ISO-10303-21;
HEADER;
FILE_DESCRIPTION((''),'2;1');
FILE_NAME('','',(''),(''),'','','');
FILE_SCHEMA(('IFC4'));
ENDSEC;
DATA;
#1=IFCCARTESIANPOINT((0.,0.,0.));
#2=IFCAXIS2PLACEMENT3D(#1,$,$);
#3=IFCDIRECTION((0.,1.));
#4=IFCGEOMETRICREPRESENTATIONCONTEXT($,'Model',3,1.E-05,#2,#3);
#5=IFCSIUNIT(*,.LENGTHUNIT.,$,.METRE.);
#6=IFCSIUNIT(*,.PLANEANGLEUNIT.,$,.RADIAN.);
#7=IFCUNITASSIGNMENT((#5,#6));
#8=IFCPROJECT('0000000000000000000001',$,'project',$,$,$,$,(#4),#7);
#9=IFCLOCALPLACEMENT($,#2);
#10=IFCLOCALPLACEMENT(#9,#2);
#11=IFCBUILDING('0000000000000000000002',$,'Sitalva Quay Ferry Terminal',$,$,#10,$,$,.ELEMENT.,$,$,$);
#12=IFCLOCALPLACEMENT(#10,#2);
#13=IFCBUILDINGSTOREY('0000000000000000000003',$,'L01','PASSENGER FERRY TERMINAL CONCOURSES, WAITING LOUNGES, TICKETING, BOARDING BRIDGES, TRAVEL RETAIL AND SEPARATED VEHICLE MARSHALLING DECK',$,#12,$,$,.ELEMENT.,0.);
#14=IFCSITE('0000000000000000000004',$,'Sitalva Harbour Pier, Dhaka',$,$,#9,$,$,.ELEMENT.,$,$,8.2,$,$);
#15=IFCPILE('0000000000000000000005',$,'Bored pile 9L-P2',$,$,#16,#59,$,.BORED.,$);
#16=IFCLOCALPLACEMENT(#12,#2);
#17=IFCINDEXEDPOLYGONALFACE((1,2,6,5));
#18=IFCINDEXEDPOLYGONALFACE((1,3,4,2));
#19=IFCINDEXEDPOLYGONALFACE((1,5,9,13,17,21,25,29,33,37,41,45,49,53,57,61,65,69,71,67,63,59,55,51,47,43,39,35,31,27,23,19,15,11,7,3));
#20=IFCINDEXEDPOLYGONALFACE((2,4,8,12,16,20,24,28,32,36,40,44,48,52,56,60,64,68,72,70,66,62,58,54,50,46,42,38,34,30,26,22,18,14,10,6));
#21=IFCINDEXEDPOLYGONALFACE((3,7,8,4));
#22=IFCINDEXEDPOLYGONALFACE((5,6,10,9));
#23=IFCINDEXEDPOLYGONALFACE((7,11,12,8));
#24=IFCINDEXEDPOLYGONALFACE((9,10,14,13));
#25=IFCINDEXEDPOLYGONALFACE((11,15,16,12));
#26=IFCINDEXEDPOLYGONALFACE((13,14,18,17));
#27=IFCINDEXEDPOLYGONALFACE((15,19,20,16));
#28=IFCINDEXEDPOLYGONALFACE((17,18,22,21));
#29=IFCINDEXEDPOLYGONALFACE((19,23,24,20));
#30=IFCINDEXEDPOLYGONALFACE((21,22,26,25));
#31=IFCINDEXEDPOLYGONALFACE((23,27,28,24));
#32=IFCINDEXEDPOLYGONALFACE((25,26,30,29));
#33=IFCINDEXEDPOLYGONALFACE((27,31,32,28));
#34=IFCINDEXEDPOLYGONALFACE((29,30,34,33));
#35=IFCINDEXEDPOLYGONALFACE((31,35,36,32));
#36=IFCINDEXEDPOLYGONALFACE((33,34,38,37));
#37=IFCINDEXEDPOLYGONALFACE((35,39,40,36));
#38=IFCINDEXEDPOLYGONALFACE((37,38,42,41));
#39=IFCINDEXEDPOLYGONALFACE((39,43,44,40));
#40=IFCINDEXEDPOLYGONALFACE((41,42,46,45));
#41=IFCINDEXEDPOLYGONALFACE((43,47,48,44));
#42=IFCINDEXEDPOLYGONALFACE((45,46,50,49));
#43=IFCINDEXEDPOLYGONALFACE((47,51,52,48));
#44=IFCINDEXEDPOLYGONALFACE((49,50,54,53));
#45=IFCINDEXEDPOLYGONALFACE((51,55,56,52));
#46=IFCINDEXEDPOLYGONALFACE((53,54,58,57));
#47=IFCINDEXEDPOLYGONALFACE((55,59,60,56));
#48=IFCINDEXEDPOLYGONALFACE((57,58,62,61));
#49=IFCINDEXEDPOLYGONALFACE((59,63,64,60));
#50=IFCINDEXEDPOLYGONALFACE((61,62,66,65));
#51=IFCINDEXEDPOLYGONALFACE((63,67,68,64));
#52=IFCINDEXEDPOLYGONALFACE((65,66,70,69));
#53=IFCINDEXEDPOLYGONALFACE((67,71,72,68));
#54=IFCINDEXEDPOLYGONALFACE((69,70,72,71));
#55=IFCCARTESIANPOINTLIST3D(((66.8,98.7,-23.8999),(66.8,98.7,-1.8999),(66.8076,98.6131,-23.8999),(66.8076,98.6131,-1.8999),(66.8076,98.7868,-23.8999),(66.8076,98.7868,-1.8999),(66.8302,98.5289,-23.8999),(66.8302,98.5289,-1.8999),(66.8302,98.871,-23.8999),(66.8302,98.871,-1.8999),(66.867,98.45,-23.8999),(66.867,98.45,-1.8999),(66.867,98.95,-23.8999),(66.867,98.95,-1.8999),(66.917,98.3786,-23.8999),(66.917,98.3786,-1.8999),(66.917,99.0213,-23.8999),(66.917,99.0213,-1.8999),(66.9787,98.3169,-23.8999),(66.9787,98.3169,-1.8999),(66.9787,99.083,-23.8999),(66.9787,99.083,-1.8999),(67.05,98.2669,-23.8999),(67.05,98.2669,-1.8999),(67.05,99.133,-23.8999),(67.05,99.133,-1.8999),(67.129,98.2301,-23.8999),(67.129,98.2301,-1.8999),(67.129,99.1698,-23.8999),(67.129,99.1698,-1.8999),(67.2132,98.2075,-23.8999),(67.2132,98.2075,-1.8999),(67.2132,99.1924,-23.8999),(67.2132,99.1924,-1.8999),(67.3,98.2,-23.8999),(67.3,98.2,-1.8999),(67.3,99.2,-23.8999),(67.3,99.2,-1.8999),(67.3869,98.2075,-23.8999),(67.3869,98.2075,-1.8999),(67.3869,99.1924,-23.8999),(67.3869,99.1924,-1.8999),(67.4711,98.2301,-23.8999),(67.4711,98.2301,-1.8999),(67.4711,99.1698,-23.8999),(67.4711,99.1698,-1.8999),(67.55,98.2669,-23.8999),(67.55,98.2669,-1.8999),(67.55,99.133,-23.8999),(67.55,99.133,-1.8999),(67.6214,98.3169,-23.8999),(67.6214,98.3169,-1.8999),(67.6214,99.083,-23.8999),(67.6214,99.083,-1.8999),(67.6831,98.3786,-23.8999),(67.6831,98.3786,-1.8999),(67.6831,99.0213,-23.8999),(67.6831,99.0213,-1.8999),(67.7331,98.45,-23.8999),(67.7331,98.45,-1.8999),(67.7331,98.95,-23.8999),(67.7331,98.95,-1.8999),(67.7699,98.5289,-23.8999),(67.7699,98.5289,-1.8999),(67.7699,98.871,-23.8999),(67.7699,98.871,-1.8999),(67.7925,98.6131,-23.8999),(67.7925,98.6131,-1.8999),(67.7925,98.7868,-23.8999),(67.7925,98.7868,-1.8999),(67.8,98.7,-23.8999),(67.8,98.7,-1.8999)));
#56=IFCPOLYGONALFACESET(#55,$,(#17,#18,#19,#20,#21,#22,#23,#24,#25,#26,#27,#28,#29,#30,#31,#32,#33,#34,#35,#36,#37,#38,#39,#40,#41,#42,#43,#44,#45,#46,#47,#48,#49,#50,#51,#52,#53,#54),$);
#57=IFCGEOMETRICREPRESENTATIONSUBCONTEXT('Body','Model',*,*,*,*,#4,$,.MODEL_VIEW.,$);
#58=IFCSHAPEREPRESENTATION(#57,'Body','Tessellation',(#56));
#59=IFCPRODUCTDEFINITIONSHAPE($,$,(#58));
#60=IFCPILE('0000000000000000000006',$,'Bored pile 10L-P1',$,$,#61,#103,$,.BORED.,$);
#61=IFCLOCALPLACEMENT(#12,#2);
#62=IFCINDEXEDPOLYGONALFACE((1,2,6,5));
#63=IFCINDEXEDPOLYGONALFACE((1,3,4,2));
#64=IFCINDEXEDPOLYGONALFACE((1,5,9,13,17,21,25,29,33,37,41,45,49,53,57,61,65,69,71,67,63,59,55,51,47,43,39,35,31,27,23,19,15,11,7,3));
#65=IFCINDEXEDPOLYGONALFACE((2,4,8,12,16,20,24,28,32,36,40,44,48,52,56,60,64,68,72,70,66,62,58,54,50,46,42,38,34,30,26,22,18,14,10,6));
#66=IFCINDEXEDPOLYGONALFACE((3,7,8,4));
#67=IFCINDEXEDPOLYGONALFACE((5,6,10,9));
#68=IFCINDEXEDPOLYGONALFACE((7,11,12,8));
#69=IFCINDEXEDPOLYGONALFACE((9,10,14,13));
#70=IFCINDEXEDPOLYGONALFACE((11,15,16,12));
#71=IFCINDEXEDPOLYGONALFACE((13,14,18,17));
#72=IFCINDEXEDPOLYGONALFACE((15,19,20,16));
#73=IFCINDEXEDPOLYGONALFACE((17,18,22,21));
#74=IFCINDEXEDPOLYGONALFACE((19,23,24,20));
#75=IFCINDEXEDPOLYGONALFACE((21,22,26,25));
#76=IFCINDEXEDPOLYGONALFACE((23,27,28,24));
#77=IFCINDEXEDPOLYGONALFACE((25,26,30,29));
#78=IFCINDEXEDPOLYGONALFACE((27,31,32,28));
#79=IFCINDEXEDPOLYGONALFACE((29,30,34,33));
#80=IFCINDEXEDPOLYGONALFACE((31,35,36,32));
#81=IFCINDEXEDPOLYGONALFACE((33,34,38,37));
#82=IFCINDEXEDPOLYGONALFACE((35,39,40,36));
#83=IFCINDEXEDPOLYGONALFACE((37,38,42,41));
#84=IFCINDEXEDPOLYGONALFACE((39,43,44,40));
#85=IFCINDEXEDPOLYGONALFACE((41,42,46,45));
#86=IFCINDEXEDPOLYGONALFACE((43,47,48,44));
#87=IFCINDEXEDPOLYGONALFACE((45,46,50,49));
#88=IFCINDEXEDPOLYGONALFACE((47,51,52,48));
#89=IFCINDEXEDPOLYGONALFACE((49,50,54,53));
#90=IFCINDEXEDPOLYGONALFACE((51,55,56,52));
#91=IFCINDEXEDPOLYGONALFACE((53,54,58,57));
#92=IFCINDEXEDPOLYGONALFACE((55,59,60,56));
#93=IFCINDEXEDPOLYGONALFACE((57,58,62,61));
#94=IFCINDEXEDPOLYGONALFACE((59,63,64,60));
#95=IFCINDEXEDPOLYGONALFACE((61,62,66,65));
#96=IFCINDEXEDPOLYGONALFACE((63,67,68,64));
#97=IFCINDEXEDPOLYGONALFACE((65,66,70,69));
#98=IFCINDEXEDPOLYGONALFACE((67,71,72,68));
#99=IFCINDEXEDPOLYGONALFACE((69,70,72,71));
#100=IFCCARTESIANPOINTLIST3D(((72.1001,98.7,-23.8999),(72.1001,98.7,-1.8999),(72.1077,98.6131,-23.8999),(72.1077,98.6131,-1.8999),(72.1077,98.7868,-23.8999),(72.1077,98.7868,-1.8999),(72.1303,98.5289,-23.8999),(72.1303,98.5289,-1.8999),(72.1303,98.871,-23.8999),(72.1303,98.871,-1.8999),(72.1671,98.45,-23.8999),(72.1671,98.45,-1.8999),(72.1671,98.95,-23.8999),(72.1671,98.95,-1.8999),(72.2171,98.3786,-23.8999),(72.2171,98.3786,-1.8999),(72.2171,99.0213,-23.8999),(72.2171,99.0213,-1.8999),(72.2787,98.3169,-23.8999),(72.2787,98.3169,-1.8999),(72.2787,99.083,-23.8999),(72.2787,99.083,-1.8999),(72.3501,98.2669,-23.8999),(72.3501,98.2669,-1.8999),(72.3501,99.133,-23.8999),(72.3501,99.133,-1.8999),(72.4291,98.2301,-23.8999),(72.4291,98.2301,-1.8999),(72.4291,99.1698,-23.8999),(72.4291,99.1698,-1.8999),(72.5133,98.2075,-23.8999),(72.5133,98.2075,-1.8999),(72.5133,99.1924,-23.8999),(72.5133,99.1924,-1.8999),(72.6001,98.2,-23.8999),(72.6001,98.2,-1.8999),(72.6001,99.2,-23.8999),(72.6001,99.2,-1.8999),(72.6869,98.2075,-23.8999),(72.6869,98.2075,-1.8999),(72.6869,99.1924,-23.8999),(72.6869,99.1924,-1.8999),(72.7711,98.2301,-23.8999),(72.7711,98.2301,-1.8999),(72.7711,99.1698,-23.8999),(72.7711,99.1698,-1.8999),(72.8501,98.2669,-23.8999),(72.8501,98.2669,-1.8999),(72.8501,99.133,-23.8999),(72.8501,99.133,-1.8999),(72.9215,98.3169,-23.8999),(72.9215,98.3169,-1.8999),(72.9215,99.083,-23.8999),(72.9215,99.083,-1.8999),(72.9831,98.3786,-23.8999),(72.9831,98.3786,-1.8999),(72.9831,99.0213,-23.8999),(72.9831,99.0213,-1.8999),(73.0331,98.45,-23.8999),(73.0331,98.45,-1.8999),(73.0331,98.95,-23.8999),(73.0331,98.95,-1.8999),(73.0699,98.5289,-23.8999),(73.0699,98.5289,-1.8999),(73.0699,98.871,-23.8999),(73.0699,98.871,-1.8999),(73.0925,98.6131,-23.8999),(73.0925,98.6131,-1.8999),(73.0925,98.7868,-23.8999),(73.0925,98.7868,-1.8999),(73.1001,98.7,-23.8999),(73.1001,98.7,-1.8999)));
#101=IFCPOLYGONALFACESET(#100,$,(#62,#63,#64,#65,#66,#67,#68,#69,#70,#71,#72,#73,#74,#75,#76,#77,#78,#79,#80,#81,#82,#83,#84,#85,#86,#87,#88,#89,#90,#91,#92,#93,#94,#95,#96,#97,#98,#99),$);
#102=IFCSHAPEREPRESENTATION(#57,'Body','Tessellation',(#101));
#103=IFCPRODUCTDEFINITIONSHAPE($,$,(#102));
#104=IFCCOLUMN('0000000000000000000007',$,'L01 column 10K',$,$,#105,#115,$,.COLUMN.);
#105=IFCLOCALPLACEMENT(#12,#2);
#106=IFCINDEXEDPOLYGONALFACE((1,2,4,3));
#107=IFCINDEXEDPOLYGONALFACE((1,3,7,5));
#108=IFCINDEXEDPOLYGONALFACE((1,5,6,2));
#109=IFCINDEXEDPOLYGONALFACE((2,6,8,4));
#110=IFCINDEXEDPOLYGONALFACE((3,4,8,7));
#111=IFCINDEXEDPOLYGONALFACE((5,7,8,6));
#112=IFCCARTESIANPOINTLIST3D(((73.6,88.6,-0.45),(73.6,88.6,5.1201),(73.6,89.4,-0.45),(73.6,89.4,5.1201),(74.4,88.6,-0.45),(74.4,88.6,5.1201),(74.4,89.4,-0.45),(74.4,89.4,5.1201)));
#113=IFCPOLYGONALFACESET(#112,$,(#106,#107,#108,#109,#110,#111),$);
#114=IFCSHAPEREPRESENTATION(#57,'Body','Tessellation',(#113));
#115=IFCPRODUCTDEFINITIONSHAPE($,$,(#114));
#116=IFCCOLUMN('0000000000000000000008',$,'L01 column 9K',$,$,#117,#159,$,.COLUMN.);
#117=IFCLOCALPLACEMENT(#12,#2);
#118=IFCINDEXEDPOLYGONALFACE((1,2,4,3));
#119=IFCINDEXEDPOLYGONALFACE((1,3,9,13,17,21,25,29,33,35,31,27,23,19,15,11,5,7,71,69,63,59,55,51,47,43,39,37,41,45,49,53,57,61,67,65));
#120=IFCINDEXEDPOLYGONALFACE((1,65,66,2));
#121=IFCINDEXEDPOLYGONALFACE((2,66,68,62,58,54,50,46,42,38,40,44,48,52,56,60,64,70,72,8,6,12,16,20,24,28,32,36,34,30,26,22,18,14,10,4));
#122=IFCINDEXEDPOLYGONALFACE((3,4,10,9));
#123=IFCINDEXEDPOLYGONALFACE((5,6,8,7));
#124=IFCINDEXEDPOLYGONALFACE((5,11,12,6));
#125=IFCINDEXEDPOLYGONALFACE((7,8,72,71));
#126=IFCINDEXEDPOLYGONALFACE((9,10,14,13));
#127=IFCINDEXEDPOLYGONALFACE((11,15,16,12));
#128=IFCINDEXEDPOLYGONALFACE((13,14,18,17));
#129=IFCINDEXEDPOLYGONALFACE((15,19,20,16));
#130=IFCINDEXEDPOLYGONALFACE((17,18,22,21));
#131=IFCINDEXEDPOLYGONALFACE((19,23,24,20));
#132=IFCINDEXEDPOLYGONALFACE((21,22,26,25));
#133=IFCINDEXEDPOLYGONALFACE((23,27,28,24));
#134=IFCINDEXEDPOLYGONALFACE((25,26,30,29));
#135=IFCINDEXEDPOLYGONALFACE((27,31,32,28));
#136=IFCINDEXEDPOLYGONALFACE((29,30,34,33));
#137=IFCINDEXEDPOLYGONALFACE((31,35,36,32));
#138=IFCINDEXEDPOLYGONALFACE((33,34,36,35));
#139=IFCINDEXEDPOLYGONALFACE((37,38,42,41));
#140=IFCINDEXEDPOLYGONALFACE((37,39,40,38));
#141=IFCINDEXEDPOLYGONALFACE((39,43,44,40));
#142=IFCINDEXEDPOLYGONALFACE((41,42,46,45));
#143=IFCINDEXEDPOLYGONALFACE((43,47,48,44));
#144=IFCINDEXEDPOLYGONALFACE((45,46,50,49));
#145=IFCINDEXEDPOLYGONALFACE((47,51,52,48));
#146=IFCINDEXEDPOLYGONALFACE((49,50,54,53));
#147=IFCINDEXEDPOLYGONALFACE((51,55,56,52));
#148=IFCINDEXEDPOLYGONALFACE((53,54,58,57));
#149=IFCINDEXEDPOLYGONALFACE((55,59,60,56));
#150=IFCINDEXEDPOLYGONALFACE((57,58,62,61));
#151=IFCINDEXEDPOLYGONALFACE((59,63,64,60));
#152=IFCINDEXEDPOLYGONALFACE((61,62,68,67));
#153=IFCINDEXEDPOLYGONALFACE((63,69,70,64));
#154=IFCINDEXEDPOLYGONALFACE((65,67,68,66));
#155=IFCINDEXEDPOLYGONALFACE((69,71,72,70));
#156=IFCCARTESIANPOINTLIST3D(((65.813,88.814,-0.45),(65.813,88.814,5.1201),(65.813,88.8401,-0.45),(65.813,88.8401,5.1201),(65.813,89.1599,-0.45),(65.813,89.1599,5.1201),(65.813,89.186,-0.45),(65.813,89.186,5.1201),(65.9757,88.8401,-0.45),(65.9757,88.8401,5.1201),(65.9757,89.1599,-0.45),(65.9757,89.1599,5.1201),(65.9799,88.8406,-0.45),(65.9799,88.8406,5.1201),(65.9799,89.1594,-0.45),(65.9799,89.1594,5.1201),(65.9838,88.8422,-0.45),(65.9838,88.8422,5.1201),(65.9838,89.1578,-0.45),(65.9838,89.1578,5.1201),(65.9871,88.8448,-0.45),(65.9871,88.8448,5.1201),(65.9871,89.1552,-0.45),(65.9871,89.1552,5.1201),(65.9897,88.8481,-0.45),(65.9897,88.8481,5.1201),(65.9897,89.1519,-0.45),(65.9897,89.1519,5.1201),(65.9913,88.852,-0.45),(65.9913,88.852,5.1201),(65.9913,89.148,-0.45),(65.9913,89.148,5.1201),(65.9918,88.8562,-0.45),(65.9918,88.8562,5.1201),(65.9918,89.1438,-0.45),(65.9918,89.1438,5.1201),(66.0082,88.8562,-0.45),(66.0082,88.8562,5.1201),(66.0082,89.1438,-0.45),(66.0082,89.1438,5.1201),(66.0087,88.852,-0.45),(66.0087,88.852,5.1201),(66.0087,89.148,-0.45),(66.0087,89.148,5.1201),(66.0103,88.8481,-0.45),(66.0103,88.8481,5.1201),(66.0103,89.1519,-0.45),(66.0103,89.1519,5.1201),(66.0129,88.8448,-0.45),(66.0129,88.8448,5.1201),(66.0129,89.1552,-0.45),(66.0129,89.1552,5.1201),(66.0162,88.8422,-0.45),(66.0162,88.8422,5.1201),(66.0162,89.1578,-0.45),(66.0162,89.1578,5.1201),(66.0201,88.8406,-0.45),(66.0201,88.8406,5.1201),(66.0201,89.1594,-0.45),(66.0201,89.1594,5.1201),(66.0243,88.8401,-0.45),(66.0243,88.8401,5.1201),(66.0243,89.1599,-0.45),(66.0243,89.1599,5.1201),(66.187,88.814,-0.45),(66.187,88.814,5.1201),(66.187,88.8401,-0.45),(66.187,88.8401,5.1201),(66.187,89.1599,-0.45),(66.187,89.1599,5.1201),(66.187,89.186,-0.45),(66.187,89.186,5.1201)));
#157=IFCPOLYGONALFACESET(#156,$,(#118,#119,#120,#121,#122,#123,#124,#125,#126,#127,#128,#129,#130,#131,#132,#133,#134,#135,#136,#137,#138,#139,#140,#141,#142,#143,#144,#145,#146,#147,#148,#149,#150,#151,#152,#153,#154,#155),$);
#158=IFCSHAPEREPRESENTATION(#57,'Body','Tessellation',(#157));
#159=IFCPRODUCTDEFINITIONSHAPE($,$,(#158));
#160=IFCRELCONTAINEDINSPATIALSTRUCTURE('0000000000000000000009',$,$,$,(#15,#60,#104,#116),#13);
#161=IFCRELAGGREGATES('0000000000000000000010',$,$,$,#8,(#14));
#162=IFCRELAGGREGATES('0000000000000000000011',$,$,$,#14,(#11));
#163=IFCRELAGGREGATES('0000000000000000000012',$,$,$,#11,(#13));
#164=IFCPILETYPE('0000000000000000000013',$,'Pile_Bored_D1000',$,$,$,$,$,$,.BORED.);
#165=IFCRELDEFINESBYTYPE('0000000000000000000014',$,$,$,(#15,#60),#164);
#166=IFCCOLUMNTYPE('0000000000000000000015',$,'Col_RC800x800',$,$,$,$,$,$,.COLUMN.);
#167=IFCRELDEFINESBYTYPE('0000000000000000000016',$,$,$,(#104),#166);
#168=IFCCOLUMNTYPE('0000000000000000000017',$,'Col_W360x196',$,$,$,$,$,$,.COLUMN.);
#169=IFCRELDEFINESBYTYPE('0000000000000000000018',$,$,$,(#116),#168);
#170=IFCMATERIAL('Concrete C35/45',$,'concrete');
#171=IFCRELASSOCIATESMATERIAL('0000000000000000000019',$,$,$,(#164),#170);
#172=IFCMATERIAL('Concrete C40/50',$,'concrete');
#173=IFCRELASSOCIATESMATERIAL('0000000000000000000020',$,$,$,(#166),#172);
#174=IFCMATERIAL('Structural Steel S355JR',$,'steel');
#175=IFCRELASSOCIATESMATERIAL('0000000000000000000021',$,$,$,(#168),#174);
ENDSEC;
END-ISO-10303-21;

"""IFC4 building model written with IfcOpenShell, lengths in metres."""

from ifc_helpers import new_model, si_unit, direction, frame, origin, origin_2d, place, context, subcontext, project, spatial, rectangle, circle, i_section, extrude, material, material_profile, profile_set, type_object, element, save


model = new_model("IFC4")

# Units and contexts
model_context = context("Model", 3, precision=1e-05, world=origin(), true_north=direction((0.0, 1.0)))
body_context = subcontext(model_context, "Body", "Model", "MODEL_VIEW")
ifc_project = project(units=[si_unit("LENGTHUNIT", "METRE"), si_unit("PLANEANGLEUNIT", "RADIAN")], contexts=[model_context])

# Site, building, storey
site_placement = place(None, origin())
site = spatial("IfcSite", under=ifc_project, at=site_placement, Name="Sitalva Harbour Pier, Dhaka", CompositionType="ELEMENT", RefElevation=8.2)
building_placement = place(site_placement, origin())
building = spatial("IfcBuilding", under=site, at=building_placement, Name="Sitalva Quay Ferry Terminal", CompositionType="ELEMENT")
storey_placement = place(building_placement, origin())
storey = spatial("IfcBuildingStorey", under=building, at=storey_placement, Name="L01", Description="PASSENGER FERRY TERMINAL CONCOURSES, WAITING LOUNGES, TICKETING, BOARDING BRIDGES, TRAVEL RETAIL AND SEPARATED VEHICLE MARSHALLING DECK", CompositionType="ELEMENT", Elevation=0.0)

# Piles
ifc_material_1 = material(Name="Concrete C35/45", Category="concrete")
ifc_material_profile_1 = material_profile(ifc_material_1, circle(Radius=0.5, at=origin_2d()), Name="PILE-D1000")
ifc_profile_set_1 = profile_set([ifc_material_profile_1], Name="Concrete C35/45")
pile_type = type_object("IfcPileType", Name="Pile_Bored_D1000", PredefinedType="BORED", material=ifc_profile_set_1)
for number, where, z_axis, x_axis, name in (
    (1, (67.3, 98.7, -1.8999), (0.0, 0.0, -1.0), (1.0, 0.0, 0.0), "Bored pile 9L-P2"),
    (2, (72.6001, 98.7, -1.8999), (0.0, 0.0, -1.0), (1.0, 0.0, 0.0), "Bored pile 10L-P1"),
):
    element("IfcPile", number, at=place(storey_placement, frame(where, z_axis=z_axis, x_axis=x_axis)), inside=storey, type_object=pile_type, Name=name, PredefinedType="BORED", context=body_context, shape_type="SweptSolid", body=[
        extrude(circle(Radius=0.5, at=origin_2d()), origin(), (0.0, 0.0, 1.0), 22.0),
    ])

# Columns
ifc_material_2 = material(Name="Concrete C40/50", Category="concrete")
ifc_material_profile_2 = material_profile(ifc_material_2, rectangle(XDim=0.8, YDim=0.8, at=origin_2d()), Name="RC800x800")
ifc_profile_set_2 = profile_set([ifc_material_profile_2], Name="Concrete C40/50")
column_type_1 = type_object("IfcColumnType", Name="Col_RC800x800", PredefinedType="COLUMN", material=ifc_profile_set_2)
column_placement = place(storey_placement, frame((74.0, 89.0, -0.45), z_axis=(0.0, 0.0, 1.0), x_axis=(1.0, 0.0, 0.0)))
element("IfcColumn", 3, at=column_placement, inside=storey, type_object=column_type_1, Name="L01 column 10K", PredefinedType="COLUMN", context=body_context, shape_type="SweptSolid", body=[
    extrude(rectangle(XDim=0.8, YDim=0.8, at=origin_2d()), origin(), (0.0, 0.0, 1.0), 5.5701),
])
ifc_material_3 = material(Name="Structural Steel S355JR", Category="steel")
ifc_material_profile_3 = material_profile(ifc_material_3, i_section(OverallWidth=0.374, OverallDepth=0.3721, WebThickness=0.0164, FlangeThickness=0.0261, FilletRadius=0.0161, at=origin_2d()), Name="W360x196")
ifc_profile_set_3 = profile_set([ifc_material_profile_3], Name="Structural Steel S355JR")
column_type_2 = type_object("IfcColumnType", Name="Col_W360x196", PredefinedType="COLUMN", material=ifc_profile_set_3)
for number, where, z_axis, x_axis, name in (
    (4, (66.0, 89.0, -0.45), (0.0, 0.0, 1.0), (1.0, 0.0, 0.0), "L01 column 9K"),
):
    element("IfcColumn", number, at=place(storey_placement, frame(where, z_axis=z_axis, x_axis=x_axis)), inside=storey, type_object=column_type_2, Name=name, PredefinedType="COLUMN", context=body_context, shape_type="SweptSolid", body=[
        extrude(i_section(OverallWidth=0.374, OverallDepth=0.3721, WebThickness=0.0164, FlangeThickness=0.0261, FilletRadius=0.0161, at=origin_2d()), origin(), (0.0, 0.0, 1.0), 5.5701),
    ])

save(model, "model.ifc")
